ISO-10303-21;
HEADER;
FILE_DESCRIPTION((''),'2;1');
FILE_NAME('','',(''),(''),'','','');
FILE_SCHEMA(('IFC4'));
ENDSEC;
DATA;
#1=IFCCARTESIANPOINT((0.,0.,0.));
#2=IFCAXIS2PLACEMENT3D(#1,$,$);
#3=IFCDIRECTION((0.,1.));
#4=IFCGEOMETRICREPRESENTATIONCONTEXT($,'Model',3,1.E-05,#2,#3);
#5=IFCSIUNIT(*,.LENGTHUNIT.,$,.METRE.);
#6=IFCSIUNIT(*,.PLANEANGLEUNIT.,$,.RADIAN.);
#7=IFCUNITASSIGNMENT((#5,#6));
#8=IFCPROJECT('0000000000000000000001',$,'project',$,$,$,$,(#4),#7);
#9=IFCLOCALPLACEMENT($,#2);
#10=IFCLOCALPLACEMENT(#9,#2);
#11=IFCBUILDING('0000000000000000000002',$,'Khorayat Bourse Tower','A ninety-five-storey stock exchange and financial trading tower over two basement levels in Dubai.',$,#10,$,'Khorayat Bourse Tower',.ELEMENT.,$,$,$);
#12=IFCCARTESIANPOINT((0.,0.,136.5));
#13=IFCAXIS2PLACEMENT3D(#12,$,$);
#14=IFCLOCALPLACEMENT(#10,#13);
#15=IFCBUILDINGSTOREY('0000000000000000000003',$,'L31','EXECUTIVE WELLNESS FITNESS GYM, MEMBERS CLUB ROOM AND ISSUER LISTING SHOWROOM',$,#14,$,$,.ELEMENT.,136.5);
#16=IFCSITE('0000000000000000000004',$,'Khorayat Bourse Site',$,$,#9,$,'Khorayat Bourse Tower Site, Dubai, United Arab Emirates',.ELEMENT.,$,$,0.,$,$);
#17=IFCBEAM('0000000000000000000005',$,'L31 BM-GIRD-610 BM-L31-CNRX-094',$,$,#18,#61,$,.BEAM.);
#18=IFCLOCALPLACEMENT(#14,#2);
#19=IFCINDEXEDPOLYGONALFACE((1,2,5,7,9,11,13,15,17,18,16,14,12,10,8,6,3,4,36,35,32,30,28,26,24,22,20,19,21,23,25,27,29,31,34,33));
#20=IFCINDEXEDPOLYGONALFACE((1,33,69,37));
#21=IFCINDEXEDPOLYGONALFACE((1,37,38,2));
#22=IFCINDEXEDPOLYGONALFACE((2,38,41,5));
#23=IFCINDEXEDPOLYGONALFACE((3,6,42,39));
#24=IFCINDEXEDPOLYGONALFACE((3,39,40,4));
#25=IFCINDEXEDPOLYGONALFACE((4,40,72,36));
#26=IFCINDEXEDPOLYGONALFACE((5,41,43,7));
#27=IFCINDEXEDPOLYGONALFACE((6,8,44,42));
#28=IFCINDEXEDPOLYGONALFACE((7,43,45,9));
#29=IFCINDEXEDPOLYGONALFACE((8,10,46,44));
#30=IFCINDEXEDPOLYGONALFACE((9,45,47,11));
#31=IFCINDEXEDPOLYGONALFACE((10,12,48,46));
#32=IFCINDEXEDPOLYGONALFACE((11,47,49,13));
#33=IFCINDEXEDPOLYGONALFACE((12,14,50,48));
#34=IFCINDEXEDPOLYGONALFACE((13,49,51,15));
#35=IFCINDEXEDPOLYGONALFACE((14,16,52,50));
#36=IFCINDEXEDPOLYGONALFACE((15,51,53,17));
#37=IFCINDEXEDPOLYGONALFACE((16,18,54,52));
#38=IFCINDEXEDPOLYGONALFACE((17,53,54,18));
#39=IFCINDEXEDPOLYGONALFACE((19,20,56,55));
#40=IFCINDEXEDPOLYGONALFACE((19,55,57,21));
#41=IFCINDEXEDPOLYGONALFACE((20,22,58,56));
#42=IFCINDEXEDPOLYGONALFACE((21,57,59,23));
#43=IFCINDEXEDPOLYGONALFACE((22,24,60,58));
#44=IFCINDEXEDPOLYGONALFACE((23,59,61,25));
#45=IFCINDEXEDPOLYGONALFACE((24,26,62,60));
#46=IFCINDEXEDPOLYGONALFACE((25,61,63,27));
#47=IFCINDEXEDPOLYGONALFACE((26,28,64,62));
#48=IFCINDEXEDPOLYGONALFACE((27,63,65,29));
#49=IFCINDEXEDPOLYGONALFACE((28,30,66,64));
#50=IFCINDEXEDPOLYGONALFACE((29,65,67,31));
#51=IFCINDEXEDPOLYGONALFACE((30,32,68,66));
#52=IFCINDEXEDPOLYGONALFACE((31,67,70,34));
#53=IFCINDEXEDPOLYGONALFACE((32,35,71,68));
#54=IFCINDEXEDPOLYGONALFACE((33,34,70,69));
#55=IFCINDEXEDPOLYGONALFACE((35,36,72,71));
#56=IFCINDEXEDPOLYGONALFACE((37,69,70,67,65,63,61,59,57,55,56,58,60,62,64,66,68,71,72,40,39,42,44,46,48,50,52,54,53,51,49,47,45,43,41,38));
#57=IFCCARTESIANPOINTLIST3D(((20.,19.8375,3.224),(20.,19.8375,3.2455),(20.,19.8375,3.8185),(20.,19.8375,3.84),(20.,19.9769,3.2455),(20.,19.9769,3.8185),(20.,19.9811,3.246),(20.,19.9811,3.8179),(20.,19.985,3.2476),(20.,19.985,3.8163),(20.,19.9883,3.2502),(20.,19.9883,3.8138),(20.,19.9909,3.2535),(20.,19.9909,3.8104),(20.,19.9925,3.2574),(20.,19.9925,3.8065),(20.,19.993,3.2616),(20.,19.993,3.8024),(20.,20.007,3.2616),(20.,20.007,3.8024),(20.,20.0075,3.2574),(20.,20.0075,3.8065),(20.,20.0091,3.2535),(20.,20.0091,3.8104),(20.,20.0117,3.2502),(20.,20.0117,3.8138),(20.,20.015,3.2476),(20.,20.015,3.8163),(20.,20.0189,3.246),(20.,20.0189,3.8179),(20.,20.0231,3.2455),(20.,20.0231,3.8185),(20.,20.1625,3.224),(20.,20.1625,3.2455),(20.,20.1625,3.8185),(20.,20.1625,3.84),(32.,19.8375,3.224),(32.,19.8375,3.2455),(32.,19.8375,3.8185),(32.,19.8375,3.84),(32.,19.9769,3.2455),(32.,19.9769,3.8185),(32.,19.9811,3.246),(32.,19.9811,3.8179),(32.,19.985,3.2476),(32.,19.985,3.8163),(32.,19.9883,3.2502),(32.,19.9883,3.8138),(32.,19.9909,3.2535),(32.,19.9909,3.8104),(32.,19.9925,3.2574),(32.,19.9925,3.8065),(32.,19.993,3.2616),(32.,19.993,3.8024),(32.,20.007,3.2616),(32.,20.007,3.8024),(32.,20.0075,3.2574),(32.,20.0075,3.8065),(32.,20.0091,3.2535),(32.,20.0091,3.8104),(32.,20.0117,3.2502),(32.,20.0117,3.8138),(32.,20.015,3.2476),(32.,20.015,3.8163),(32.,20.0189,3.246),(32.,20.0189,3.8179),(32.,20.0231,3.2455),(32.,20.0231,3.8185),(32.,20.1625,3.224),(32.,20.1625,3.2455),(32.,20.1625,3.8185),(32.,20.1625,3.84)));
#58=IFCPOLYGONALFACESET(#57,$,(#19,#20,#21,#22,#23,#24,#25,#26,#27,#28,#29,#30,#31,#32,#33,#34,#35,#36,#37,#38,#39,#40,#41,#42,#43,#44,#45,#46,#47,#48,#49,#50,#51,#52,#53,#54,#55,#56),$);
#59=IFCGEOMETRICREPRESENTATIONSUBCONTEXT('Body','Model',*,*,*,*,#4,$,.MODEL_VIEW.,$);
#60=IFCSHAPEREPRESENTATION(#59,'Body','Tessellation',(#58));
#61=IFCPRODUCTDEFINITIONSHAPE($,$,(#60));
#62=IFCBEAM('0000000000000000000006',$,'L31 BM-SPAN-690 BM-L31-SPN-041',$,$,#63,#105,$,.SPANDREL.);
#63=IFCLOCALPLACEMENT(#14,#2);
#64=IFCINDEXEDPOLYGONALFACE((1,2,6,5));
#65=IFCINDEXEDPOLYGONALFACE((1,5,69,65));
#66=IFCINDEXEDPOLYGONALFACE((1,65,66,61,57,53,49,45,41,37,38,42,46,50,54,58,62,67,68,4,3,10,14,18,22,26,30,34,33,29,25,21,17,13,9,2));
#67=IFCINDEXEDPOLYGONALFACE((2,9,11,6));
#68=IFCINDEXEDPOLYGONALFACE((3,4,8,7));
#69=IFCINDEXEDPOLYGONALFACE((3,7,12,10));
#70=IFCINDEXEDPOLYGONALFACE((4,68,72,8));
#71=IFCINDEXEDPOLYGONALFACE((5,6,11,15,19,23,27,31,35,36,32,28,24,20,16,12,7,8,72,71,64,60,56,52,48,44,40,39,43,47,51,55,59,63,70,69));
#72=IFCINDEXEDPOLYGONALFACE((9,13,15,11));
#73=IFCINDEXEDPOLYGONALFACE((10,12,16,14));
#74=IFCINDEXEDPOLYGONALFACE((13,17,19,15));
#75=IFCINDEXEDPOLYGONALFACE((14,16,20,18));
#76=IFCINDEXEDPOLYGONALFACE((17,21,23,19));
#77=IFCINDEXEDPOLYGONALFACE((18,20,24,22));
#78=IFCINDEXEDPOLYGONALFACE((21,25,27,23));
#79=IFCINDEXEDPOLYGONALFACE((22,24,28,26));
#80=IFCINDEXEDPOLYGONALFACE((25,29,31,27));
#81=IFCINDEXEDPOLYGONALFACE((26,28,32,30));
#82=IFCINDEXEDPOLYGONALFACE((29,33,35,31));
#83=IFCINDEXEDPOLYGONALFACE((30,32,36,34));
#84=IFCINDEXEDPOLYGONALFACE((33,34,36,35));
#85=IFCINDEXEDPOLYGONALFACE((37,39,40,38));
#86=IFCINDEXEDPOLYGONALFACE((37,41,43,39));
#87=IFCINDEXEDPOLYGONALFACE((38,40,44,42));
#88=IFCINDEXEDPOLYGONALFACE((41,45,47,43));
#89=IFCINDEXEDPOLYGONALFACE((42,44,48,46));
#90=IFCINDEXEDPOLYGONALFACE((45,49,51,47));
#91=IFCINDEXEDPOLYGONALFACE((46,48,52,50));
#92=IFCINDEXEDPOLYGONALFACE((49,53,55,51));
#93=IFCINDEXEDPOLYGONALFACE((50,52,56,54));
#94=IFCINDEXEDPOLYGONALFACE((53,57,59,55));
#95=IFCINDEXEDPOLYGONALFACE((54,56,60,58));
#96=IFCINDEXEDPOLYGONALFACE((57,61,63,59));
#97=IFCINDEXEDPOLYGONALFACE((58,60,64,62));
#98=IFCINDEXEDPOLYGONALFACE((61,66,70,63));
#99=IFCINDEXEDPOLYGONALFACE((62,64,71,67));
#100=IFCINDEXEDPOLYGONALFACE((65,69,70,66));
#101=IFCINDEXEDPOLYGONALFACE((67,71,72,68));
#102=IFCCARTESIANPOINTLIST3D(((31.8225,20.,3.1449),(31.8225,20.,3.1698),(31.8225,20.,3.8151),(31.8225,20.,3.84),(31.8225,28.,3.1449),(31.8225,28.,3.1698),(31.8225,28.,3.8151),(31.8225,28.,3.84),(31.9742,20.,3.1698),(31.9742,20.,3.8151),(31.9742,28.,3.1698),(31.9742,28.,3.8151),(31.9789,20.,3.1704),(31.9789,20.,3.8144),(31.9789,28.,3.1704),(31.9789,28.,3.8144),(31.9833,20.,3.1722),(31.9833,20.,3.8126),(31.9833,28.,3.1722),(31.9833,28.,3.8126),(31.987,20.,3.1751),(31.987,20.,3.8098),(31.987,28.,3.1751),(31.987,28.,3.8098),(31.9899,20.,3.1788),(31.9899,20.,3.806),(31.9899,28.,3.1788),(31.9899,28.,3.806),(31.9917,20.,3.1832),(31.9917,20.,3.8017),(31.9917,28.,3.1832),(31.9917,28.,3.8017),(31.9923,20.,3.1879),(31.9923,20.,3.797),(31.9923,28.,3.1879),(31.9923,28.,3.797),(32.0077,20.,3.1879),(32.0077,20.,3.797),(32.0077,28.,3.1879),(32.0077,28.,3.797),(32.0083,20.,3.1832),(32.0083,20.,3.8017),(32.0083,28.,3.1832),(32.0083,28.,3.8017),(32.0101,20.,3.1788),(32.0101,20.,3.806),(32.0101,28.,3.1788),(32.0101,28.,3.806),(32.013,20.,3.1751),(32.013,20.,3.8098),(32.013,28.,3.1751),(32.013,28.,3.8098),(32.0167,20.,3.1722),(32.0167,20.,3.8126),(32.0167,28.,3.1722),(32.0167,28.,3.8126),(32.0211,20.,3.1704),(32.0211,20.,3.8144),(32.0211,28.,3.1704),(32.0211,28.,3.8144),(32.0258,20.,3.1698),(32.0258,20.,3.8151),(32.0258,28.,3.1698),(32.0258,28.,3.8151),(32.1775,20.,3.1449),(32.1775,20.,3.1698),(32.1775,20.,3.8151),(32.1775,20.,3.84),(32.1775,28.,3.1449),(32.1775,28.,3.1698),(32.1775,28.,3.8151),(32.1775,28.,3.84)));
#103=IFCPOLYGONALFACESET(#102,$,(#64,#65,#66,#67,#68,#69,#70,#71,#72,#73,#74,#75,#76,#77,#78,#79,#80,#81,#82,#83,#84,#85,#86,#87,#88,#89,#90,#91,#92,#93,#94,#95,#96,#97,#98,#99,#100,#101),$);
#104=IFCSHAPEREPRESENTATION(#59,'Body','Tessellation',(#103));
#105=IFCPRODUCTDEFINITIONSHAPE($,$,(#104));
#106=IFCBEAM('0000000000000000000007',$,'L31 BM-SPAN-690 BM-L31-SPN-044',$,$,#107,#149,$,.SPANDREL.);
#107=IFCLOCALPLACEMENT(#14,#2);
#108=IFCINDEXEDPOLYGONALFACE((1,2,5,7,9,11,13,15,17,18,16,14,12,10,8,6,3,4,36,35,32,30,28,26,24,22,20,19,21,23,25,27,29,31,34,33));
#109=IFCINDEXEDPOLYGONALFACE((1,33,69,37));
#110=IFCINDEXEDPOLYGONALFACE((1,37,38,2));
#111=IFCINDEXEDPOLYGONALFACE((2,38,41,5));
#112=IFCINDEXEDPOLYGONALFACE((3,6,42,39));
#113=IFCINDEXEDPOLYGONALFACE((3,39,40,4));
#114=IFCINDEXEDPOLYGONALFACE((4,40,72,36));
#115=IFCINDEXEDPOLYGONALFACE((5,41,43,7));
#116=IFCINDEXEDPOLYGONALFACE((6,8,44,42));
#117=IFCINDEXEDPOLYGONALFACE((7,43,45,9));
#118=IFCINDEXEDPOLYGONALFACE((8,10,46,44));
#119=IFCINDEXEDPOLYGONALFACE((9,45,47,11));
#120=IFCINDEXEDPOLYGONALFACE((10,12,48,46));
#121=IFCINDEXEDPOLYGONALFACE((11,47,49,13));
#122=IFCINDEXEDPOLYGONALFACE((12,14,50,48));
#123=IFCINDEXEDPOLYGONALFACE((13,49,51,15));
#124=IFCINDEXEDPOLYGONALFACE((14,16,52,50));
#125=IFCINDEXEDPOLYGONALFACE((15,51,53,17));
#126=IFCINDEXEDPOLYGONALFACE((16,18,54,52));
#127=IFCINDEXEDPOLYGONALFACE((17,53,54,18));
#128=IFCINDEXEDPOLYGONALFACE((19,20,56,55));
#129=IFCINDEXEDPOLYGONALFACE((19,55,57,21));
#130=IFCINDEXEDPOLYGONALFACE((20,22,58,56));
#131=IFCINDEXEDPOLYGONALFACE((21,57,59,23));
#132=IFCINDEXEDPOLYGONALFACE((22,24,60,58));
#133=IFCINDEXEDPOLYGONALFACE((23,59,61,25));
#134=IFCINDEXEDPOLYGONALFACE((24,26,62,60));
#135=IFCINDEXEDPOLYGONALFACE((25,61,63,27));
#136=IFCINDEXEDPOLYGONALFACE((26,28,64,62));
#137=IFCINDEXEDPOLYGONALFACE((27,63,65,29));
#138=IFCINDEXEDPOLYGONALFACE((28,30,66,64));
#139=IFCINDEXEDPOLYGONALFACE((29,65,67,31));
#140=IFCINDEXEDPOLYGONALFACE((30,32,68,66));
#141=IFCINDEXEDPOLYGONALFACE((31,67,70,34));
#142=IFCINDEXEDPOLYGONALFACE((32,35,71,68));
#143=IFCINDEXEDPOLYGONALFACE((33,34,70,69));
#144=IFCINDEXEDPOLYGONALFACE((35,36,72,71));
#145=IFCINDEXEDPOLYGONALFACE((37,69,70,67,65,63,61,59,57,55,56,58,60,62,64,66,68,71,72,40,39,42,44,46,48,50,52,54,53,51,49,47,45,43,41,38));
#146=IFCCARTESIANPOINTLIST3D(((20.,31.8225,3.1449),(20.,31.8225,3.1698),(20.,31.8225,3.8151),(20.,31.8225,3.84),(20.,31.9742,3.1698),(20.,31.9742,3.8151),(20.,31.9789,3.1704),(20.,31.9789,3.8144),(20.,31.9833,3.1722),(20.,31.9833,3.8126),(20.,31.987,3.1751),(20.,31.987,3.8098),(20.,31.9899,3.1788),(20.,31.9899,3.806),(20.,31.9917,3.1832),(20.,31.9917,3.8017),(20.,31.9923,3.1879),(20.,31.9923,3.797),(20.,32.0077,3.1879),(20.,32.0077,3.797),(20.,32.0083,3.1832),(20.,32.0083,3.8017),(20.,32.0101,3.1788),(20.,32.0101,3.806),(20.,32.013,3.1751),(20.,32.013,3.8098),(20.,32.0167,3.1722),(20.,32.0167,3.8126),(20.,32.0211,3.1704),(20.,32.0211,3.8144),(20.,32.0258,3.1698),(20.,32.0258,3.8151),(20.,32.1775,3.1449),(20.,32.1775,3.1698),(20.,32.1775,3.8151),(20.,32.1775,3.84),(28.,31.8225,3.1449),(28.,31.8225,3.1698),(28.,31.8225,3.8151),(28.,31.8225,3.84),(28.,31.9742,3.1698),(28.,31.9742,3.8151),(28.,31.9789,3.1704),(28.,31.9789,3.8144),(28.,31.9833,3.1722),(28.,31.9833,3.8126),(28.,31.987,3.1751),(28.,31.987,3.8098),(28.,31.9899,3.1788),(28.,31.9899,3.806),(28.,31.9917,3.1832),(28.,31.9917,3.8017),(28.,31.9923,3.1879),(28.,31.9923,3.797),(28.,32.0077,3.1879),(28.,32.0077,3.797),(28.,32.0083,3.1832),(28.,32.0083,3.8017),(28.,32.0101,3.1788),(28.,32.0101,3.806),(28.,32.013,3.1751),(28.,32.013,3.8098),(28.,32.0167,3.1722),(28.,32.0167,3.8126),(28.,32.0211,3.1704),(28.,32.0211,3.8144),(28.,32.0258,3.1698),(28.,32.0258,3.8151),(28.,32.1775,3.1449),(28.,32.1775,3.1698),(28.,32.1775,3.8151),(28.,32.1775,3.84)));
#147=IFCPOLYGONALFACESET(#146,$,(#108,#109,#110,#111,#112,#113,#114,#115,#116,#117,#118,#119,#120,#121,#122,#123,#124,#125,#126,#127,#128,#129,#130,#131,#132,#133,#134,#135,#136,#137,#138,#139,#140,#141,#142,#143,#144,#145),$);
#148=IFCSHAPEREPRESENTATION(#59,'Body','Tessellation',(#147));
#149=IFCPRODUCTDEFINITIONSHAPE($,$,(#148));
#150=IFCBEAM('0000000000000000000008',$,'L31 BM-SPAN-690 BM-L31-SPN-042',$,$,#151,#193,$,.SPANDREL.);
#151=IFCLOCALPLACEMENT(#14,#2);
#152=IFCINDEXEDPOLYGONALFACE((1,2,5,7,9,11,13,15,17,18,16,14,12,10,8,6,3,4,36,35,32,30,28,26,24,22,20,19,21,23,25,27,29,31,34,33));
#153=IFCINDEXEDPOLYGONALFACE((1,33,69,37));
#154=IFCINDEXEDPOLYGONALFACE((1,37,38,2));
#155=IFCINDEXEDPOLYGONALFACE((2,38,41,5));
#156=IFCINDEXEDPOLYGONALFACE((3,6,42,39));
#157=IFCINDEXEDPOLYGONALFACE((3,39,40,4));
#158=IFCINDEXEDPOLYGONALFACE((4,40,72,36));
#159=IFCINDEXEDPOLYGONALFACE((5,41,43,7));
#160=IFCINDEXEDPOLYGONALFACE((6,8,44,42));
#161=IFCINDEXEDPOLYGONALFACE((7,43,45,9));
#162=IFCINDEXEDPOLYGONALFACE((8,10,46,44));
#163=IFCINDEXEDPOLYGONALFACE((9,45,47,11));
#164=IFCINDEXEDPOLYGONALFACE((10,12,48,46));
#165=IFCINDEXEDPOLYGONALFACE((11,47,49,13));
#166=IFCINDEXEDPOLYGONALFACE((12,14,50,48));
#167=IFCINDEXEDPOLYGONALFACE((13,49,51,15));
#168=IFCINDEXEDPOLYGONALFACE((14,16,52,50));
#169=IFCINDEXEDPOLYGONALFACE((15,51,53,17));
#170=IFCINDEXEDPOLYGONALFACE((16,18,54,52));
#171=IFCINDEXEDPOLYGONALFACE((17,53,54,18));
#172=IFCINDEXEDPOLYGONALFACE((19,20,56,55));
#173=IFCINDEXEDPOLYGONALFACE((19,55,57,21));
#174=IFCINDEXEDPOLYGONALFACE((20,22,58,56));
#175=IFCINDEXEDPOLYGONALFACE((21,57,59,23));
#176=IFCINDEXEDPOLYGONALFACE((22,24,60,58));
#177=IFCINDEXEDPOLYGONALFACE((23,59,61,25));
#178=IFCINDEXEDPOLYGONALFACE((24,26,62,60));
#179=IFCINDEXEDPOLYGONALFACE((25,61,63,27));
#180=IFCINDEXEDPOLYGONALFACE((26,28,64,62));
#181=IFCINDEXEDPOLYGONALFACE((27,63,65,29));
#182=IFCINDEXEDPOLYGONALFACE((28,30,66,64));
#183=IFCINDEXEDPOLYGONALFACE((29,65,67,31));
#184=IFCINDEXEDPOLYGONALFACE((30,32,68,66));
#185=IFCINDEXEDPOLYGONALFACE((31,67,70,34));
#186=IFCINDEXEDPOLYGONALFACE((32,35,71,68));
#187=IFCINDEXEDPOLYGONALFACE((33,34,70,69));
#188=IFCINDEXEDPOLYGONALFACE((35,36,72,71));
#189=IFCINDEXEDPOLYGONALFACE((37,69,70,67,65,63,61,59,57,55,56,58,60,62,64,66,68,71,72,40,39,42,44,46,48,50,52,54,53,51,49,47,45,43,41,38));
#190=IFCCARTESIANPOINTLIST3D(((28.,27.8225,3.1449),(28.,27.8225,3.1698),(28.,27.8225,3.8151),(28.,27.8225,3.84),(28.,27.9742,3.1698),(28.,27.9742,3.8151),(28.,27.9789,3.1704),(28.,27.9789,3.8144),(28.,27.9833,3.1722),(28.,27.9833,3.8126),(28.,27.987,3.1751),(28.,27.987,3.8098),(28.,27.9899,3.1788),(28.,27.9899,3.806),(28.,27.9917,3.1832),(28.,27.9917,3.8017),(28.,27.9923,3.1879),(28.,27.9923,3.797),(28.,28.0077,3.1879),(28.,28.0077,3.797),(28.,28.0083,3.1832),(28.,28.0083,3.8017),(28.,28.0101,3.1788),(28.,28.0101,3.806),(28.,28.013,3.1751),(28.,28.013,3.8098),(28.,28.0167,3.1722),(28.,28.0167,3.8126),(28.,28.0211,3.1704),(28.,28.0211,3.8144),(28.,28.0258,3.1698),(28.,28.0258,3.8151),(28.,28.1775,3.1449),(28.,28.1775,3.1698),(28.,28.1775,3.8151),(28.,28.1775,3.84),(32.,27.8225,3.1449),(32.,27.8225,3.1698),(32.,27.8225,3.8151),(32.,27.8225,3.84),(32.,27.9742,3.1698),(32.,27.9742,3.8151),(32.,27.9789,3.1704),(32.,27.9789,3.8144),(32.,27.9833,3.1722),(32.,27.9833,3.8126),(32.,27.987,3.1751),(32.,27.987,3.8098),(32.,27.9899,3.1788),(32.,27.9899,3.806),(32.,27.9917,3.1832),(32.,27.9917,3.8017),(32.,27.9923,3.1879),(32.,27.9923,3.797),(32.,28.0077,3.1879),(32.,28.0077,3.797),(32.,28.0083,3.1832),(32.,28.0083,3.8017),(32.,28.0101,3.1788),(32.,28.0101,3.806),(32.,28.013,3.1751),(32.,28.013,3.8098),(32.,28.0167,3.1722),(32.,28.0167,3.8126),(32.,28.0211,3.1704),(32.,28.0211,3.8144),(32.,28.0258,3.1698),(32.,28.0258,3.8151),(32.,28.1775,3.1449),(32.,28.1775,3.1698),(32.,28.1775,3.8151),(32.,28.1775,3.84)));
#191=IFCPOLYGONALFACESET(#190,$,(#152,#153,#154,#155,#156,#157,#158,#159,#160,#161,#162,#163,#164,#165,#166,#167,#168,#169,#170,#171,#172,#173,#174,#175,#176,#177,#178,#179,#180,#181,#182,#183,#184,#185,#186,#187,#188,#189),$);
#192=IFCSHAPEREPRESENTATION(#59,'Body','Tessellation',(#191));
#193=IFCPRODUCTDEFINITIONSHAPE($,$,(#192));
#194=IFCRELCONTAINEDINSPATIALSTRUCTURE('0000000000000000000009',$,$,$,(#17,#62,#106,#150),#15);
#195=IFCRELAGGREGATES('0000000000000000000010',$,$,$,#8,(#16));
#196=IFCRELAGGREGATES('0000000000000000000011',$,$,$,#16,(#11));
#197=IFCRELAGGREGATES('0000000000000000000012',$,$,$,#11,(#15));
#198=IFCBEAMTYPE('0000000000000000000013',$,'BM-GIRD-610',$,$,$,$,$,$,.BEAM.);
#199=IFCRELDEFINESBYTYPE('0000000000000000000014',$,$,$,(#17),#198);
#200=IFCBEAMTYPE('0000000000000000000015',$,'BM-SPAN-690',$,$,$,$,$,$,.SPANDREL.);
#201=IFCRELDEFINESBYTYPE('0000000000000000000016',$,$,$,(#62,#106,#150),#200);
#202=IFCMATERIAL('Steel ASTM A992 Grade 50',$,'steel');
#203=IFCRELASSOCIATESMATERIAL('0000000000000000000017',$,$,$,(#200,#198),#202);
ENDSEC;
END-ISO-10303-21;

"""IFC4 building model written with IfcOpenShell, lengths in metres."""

from ifc_helpers import new_model, si_unit, direction, frame, origin, origin_2d, place, context, subcontext, project, spatial, i_section, extrude, source, transform, mapped, material, material_profile, profile_set, type_object, element, save


model = new_model("IFC4")

# Units and contexts
model_context = context("Model", 3, precision=1e-05, world=origin(), true_north=direction((0.0, 1.0)))
body_context = subcontext(model_context, "Body", "Model", "MODEL_VIEW")
ifc_project = project(units=[si_unit("LENGTHUNIT", "METRE"), si_unit("PLANEANGLEUNIT", "RADIAN")], contexts=[model_context])

# Site, building, storey
site_placement = place(None, origin())
site = spatial("IfcSite", under=ifc_project, at=site_placement, Name="Khorayat Bourse Site", LongName="Khorayat Bourse Tower Site, Dubai, United Arab Emirates", CompositionType="ELEMENT", RefElevation=0.0)
building_placement = place(site_placement, origin())
building = spatial("IfcBuilding", under=site, at=building_placement, Name="Khorayat Bourse Tower", Description="A ninety-five-storey stock exchange and financial trading tower over two basement levels in Dubai.", LongName="Khorayat Bourse Tower", CompositionType="ELEMENT")
storey_placement = place(building_placement, frame((0.0, 0.0, 136.5)))
storey = spatial("IfcBuildingStorey", under=building, at=storey_placement, Name="L31", Description="EXECUTIVE WELLNESS FITNESS GYM, MEMBERS CLUB ROOM AND ISSUER LISTING SHOWROOM", CompositionType="ELEMENT", Elevation=136.5)

# Beams
ifc_material_1 = material(Name="Steel ASTM A992 Grade 50", Category="steel")
ifc_material_profile_1 = material_profile(ifc_material_1, i_section(OverallWidth=0.355, OverallDepth=0.6951, WebThickness=0.0154, FlangeThickness=0.0249, FilletRadius=0.0181, at=origin_2d()), Name="W690X217")
ifc_profile_set_1 = profile_set([ifc_material_profile_1], Name="Steel ASTM A992 Grade 50")
beam_type_1 = type_object("IfcBeamType", Name="BM-SPAN-690", PredefinedType="SPANDREL", material=ifc_profile_set_1)
ifc_material_profile_2 = material_profile(ifc_material_1, i_section(OverallWidth=0.325, OverallDepth=0.616, WebThickness=0.0139, FlangeThickness=0.0215, FilletRadius=0.0161, at=origin_2d()), Name="W610X174")
ifc_profile_set_2 = profile_set([ifc_material_profile_2], Name="Steel ASTM A992 Grade 50")
beam_type_2 = type_object("IfcBeamType", Name="BM-GIRD-610", PredefinedType="BEAM", material=ifc_profile_set_2)
shared_shape_1 = source(origin(), body_context, "Body", "SweptSolid", [
    extrude(i_section(OverallWidth=0.325, OverallDepth=0.616, WebThickness=0.0139, FlangeThickness=0.0215, FilletRadius=0.0161, at=origin_2d()), origin(), (0.0, 0.0, 1.0), 12.0),
])
beam_1_placement = place(storey_placement, frame((20.0, 20.0, 3.532), z_axis=(1.0, 0.0, 0.0), x_axis=(0.0, 1.0, 0.0)))
element("IfcBeam", 1, at=beam_1_placement, inside=storey, type_object=beam_type_2, Name="L31 BM-GIRD-610 BM-L31-CNRX-094", PredefinedType="BEAM", context=body_context, shape_type="MappedRepresentation", body=[
    mapped(shared_shape_1, transform((0.0, 0.0, 0.0), scale=1.0)),
])
shared_shape_2 = source(origin(), body_context, "Body", "SweptSolid", [
    extrude(i_section(OverallWidth=0.355, OverallDepth=0.6951, WebThickness=0.0154, FlangeThickness=0.0249, FilletRadius=0.0181, at=origin_2d()), origin(), (0.0, 0.0, 1.0), 8.0),
])
for number, where, z_axis, x_axis, name in (
    (2, (32.0, 20.0, 3.4924), (0.0, 1.0, 0.0), (-1.0, 0.0, 0.0), "L31 BM-SPAN-690 BM-L31-SPN-041"),
    (3, (20.0, 32.0, 3.4924), (1.0, 0.0, 0.0), (0.0, 1.0, 0.0), "L31 BM-SPAN-690 BM-L31-SPN-044"),
):
    element("IfcBeam", number, at=place(storey_placement, frame(where, z_axis=z_axis, x_axis=x_axis)), inside=storey, type_object=beam_type_1, Name=name, PredefinedType="SPANDREL", context=body_context, shape_type="MappedRepresentation", body=[
        mapped(shared_shape_2, transform((0.0, 0.0, 0.0), scale=1.0)),
    ])
shared_shape_3 = source(origin(), body_context, "Body", "SweptSolid", [
    extrude(i_section(OverallWidth=0.355, OverallDepth=0.6951, WebThickness=0.0154, FlangeThickness=0.0249, FilletRadius=0.0181, at=origin_2d()), origin(), (0.0, 0.0, 1.0), 4.0),
])
for number, where, z_axis, x_axis, name in (
    (4, (28.0, 28.0, 3.4924), (1.0, 0.0, 0.0), (0.0, 1.0, 0.0), "L31 BM-SPAN-690 BM-L31-SPN-042"),
):
    element("IfcBeam", number, at=place(storey_placement, frame(where, z_axis=z_axis, x_axis=x_axis)), inside=storey, type_object=beam_type_1, Name=name, PredefinedType="SPANDREL", context=body_context, shape_type="MappedRepresentation", body=[
        mapped(shared_shape_3, transform((0.0, 0.0, 0.0), scale=1.0)),
    ])

save(model, "model.ifc")
